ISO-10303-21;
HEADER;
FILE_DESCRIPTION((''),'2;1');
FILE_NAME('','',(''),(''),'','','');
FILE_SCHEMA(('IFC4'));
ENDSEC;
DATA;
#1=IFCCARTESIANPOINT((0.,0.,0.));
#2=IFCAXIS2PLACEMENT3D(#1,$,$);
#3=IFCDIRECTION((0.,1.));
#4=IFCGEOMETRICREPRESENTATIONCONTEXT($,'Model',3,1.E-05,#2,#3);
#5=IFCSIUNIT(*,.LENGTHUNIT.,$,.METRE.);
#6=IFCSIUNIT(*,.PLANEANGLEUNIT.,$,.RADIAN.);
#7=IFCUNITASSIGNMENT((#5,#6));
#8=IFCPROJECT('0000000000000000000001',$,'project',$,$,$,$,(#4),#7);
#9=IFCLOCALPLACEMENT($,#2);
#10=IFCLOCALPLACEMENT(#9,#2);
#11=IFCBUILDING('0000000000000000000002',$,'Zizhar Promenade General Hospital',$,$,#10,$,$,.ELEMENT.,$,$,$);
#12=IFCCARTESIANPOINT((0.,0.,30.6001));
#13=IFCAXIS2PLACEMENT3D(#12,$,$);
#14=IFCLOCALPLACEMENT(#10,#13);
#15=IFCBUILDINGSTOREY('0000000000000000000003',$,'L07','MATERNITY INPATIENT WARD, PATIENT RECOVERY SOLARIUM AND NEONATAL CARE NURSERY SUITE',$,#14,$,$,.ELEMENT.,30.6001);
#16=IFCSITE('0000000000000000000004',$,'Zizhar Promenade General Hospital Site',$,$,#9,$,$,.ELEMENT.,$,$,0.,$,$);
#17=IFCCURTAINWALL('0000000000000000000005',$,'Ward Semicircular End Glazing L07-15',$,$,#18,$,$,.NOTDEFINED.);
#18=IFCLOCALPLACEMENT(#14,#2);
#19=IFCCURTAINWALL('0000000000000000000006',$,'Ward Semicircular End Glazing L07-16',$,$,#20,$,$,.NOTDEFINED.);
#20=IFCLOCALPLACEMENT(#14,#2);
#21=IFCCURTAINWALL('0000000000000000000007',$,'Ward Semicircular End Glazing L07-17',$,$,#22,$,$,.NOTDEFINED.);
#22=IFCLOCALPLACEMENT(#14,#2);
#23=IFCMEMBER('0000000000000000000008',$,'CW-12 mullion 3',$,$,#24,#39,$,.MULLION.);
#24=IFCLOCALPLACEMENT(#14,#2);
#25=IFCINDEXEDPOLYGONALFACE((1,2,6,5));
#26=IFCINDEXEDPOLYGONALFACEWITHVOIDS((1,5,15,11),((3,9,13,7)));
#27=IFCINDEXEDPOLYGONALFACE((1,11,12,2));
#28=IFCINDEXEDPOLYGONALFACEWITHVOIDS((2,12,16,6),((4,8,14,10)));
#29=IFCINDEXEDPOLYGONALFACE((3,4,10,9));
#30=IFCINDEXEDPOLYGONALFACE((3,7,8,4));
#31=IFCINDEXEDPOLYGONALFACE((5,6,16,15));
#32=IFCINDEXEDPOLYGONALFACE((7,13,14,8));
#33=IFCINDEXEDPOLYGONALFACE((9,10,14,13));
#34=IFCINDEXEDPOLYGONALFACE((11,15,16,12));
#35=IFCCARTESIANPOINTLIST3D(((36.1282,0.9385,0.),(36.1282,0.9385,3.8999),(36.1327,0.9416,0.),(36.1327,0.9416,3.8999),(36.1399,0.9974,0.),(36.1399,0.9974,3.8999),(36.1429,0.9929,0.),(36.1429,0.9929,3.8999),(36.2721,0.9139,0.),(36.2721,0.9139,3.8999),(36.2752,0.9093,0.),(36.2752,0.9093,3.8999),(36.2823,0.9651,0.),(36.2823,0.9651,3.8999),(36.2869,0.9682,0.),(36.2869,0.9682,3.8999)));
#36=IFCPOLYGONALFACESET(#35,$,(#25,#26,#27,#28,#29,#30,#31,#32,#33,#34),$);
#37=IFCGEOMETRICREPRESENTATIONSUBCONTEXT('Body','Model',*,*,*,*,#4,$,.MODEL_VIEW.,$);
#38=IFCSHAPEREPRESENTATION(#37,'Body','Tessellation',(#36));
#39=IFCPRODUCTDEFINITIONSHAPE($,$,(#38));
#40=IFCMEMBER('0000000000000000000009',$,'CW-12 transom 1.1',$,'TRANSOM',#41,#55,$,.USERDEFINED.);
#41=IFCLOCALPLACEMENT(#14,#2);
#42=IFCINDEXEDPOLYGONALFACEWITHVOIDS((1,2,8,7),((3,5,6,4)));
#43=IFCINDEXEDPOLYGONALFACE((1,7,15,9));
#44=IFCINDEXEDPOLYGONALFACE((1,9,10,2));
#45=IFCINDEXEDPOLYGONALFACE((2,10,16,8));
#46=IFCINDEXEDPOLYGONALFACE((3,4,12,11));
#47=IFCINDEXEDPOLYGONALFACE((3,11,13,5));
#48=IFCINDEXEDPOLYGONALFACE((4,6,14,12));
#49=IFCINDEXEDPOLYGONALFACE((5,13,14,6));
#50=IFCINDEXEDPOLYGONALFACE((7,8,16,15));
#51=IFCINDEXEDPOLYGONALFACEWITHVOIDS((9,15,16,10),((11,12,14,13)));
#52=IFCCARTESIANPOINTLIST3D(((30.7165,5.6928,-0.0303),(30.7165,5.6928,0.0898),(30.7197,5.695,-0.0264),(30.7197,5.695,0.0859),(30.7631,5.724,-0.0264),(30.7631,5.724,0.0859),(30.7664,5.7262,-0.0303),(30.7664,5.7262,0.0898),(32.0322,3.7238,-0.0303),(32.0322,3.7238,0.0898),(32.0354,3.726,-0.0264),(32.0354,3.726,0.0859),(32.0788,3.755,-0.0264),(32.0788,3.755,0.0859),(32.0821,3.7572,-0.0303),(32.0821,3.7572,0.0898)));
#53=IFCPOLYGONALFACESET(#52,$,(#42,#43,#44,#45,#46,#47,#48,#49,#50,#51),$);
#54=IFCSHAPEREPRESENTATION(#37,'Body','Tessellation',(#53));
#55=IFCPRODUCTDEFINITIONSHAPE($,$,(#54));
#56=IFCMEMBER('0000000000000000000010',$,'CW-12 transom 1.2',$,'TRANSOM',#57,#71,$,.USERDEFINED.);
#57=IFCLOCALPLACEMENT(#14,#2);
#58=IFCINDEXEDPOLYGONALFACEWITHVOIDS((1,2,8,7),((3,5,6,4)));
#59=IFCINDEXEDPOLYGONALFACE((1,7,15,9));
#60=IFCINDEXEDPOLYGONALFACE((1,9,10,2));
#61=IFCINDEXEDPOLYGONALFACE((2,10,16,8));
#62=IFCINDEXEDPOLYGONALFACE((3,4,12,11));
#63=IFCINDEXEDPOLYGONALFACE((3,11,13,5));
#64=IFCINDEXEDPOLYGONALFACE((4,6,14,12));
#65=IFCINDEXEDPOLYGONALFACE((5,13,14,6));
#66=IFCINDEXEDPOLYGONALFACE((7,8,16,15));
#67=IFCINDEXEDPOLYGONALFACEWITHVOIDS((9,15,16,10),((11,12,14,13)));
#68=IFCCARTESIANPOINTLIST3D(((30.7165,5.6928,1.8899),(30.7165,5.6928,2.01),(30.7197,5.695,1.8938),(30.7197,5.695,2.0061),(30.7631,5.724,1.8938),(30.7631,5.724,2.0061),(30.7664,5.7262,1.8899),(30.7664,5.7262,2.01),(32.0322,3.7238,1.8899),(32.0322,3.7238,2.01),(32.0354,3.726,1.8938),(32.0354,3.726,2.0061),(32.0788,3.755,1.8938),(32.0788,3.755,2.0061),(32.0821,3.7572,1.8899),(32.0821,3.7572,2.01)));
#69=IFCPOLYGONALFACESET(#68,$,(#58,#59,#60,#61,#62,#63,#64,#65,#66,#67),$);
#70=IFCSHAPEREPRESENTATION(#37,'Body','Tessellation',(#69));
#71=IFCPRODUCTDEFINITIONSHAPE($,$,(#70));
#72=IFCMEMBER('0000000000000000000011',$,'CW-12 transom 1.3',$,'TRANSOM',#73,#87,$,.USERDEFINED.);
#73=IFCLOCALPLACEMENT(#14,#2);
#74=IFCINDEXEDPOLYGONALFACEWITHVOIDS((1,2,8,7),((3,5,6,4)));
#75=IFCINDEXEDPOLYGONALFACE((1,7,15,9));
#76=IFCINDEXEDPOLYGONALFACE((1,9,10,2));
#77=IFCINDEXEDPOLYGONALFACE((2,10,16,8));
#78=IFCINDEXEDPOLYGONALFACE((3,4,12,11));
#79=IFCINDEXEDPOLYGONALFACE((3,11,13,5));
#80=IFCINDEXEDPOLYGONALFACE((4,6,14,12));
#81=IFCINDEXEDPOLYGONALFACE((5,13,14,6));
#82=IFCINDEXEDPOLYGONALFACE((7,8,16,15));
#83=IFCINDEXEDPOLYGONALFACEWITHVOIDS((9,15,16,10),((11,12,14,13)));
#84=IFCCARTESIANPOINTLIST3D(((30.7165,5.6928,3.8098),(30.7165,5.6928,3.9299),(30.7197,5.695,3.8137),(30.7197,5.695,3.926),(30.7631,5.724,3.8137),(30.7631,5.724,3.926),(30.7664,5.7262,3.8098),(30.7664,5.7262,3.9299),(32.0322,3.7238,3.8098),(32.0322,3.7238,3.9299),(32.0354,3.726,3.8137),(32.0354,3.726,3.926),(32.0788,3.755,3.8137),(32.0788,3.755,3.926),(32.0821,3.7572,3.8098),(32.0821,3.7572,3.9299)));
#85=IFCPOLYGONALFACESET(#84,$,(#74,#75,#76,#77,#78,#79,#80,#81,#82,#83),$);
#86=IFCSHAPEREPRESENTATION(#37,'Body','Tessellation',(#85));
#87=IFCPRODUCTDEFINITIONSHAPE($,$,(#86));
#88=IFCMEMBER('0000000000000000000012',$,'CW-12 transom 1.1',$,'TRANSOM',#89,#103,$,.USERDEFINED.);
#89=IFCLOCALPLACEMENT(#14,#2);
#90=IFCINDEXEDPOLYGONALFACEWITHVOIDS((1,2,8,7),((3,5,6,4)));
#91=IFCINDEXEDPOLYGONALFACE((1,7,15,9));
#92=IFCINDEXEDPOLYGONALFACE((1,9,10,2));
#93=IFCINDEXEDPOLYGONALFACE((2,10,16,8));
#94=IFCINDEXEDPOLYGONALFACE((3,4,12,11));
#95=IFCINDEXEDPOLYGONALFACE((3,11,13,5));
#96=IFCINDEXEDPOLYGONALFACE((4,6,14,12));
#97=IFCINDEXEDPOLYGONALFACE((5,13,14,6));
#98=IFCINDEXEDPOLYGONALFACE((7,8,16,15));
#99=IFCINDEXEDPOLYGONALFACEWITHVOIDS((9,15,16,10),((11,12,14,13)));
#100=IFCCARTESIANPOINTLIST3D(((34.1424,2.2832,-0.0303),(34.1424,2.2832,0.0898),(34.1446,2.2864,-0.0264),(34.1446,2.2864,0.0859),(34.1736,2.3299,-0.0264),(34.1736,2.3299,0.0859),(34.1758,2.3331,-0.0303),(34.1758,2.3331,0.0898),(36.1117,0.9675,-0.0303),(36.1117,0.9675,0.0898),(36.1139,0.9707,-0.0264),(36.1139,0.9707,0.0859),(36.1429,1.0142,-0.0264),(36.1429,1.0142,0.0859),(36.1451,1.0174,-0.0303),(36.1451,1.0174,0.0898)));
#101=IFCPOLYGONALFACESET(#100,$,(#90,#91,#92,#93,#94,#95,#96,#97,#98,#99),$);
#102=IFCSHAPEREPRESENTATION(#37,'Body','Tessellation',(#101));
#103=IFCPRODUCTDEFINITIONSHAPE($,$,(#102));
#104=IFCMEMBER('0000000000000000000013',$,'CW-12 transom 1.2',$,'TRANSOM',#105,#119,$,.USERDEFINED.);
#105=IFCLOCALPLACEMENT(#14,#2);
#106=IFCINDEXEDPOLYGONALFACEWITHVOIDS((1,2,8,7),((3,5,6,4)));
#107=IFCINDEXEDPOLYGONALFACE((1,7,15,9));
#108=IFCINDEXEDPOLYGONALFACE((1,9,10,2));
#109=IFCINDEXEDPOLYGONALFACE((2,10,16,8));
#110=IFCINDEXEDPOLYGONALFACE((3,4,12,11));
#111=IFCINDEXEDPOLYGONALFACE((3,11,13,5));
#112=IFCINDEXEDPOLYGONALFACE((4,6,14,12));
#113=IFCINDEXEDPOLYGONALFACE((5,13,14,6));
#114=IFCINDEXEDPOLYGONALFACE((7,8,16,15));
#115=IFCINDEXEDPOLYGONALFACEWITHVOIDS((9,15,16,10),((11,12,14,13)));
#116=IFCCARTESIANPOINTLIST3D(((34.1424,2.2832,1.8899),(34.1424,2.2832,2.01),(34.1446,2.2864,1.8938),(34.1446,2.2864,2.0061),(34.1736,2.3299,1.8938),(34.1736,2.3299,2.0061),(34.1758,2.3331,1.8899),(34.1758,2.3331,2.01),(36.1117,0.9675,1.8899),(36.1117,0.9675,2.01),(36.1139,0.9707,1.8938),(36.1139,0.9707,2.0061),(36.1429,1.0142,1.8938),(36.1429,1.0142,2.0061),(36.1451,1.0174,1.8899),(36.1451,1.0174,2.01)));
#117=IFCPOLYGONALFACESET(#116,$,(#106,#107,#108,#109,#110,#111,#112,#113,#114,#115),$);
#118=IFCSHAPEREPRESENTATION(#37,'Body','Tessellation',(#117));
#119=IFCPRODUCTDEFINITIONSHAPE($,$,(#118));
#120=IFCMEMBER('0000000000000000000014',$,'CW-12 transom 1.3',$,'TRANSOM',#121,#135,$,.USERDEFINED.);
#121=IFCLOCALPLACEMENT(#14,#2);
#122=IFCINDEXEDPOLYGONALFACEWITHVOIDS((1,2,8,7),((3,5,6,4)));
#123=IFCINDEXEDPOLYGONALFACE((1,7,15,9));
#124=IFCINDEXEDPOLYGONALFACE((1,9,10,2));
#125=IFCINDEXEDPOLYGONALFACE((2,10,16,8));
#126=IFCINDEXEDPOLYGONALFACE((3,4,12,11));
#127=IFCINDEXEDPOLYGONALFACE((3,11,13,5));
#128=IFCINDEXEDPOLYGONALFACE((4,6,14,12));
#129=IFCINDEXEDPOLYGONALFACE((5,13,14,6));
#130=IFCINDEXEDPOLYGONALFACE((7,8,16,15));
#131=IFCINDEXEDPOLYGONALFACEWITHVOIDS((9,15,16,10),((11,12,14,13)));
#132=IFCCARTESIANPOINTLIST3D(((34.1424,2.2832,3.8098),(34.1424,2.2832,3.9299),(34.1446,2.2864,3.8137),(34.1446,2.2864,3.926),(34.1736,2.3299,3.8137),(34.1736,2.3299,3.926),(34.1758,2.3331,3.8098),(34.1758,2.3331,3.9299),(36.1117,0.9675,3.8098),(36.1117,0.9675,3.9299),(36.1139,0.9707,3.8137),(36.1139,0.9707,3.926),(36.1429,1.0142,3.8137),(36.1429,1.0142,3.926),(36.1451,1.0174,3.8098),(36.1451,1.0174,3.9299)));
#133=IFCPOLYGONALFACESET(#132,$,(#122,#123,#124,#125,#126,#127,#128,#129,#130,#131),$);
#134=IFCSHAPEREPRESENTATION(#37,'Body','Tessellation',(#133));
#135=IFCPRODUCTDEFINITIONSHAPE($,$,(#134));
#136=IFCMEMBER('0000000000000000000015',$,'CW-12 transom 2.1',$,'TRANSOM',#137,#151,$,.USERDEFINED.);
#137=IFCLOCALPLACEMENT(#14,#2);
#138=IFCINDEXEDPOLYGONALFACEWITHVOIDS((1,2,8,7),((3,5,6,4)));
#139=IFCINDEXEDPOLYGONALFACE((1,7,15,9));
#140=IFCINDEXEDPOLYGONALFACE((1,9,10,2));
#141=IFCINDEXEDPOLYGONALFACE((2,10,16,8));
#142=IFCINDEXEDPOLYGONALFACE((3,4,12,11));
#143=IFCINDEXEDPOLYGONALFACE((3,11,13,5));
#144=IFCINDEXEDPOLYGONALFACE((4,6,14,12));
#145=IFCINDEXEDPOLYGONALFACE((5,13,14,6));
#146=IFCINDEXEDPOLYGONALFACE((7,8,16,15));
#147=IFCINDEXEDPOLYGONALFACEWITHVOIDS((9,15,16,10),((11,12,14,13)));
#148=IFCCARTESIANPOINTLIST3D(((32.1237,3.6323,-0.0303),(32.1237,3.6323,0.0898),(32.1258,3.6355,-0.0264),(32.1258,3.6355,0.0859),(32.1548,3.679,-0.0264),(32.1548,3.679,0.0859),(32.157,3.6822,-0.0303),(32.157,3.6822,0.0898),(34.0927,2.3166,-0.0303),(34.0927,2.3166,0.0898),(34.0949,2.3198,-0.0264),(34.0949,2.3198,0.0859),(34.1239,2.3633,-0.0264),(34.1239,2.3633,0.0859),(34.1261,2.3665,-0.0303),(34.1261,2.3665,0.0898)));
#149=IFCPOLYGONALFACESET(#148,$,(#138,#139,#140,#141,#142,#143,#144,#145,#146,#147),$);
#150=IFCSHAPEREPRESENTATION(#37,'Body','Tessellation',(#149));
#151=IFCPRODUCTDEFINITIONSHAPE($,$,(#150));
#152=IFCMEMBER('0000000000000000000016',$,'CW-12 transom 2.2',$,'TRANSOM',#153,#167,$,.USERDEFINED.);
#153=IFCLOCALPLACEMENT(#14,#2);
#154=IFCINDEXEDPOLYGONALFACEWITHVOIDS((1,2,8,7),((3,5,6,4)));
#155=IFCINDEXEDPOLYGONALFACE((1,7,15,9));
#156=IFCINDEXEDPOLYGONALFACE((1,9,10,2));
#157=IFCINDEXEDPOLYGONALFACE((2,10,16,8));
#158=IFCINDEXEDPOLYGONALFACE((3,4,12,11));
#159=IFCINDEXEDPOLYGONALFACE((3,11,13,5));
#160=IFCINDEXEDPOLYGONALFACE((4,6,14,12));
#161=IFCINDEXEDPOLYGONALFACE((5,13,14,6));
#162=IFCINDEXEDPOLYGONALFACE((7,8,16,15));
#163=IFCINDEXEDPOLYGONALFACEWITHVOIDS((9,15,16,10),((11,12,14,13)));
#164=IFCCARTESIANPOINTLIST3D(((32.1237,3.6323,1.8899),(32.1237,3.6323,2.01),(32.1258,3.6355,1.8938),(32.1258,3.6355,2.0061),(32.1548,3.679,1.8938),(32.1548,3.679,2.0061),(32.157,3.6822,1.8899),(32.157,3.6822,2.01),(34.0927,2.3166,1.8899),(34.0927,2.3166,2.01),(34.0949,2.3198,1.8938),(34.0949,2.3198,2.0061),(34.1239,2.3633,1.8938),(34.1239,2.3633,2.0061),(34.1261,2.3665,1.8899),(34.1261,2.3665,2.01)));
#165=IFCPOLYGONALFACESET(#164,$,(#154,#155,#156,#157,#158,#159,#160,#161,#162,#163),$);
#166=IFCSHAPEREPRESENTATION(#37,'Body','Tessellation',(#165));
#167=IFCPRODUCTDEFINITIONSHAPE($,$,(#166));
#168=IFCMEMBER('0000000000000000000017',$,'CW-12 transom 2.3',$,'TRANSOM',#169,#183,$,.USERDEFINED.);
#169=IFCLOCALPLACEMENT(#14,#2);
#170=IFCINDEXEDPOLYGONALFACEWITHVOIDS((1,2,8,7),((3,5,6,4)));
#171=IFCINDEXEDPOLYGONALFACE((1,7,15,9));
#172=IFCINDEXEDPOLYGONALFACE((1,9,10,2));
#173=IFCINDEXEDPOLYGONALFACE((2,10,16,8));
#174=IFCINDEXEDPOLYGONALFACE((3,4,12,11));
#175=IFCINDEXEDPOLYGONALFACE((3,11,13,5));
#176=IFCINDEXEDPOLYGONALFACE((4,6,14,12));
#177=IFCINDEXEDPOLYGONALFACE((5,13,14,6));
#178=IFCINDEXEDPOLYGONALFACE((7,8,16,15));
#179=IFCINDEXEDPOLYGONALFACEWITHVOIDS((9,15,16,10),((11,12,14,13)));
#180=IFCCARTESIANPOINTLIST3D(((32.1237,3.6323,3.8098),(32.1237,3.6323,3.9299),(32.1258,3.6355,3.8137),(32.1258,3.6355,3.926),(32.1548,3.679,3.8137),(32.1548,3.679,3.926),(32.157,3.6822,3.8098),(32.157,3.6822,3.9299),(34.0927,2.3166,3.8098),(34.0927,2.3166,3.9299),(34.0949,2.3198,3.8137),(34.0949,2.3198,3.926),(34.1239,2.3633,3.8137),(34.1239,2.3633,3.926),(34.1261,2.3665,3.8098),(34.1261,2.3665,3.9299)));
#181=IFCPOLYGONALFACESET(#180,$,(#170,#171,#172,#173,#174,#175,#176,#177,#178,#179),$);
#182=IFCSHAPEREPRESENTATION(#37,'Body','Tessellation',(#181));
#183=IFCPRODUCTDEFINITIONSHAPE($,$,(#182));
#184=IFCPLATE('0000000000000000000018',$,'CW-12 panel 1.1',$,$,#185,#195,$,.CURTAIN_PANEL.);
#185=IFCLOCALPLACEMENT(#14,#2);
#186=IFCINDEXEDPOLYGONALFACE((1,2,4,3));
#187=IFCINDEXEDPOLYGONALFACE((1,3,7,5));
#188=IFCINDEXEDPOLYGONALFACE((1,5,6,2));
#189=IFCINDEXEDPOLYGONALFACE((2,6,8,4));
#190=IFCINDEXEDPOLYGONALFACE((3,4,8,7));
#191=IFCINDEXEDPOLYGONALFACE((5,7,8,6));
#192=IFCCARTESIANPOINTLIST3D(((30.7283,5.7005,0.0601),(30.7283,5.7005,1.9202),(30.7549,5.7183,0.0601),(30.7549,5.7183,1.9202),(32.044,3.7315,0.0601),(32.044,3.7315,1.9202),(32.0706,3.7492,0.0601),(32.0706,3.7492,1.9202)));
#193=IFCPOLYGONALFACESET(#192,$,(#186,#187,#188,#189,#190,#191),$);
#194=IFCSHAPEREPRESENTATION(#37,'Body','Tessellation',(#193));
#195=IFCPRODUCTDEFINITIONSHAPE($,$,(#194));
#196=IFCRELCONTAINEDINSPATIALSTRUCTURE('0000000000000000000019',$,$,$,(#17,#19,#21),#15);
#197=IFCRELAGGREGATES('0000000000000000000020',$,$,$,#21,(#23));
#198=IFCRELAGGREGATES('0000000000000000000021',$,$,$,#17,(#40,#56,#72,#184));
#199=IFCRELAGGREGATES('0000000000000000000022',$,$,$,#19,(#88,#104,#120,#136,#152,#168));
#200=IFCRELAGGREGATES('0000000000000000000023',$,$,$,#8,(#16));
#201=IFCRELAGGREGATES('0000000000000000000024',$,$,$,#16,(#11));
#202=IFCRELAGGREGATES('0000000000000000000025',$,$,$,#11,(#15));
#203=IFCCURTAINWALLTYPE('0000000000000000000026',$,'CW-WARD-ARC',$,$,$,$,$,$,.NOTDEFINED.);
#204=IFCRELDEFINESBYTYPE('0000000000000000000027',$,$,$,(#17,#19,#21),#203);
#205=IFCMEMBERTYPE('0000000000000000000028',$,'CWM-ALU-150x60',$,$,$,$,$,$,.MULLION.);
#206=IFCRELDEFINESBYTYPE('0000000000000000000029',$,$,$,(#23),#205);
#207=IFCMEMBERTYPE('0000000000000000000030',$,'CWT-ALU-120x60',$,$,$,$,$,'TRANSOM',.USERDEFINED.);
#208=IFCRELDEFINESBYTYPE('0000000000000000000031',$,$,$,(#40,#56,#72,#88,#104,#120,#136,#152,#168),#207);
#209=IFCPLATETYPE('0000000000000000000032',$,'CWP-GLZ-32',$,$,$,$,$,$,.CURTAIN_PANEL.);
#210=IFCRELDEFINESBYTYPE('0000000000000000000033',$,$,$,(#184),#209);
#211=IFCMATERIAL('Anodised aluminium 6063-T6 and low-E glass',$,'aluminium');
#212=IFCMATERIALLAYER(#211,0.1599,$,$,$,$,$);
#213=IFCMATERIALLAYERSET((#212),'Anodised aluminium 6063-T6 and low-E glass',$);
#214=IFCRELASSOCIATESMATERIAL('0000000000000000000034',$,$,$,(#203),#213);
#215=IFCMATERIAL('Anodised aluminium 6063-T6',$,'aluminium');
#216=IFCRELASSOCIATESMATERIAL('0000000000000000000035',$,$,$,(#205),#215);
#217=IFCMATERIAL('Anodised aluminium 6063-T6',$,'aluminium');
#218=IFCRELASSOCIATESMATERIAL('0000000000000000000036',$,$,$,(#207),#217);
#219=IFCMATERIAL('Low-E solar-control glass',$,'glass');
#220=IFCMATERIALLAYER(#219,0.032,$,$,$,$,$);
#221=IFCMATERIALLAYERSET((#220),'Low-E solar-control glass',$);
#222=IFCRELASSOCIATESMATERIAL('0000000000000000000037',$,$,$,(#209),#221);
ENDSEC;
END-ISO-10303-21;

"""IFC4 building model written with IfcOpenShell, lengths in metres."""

from ifc_helpers import new_model, si_unit, direction, frame, origin, origin_2d, place, context, subcontext, project, spatial, rectangle, hollow_rectangle, extrude, material, layer, layer_set, material_profile, profile_set, type_object, element, aggregate, save


model = new_model("IFC4")

# Units and contexts
model_context = context("Model", 3, precision=1e-05, world=origin(), true_north=direction((0.0, 1.0)))
body_context = subcontext(model_context, "Body", "Model", "MODEL_VIEW")
ifc_project = project(units=[si_unit("LENGTHUNIT", "METRE"), si_unit("PLANEANGLEUNIT", "RADIAN")], contexts=[model_context])

# Site, building, storey
site_placement = place(None, origin())
site = spatial("IfcSite", under=ifc_project, at=site_placement, Name="Zizhar Promenade General Hospital Site", CompositionType="ELEMENT", RefElevation=0.0)
building_placement = place(site_placement, origin())
building = spatial("IfcBuilding", under=site, at=building_placement, Name="Zizhar Promenade General Hospital", CompositionType="ELEMENT")
storey_placement = place(building_placement, frame((0.0, 0.0, 30.6001)))
storey = spatial("IfcBuildingStorey", under=building, at=storey_placement, Name="L07", Description="MATERNITY INPATIENT WARD, PATIENT RECOVERY SOLARIUM AND NEONATAL CARE NURSERY SUITE", CompositionType="ELEMENT", Elevation=30.6001)

# Curtain wall
ifc_material_1 = material(Name="Anodised aluminium 6063-T6 and low-E glass", Category="aluminium")
ifc_layer_1 = layer(ifc_material_1, 0.1599)
ifc_layer_set_1 = layer_set([ifc_layer_1], Name="Anodised aluminium 6063-T6 and low-E glass")
curtain_wall_type = type_object("IfcCurtainWallType", Name="CW-WARD-ARC", PredefinedType="NOTDEFINED", material=ifc_layer_set_1)
curtain_wall_1_placement = place(storey_placement, origin())
curtain_wall_1 = element("IfcCurtainWall", 1, at=curtain_wall_1_placement, inside=storey, type_object=curtain_wall_type, Name="Ward Semicircular End Glazing L07-15", PredefinedType="NOTDEFINED")
ifc_material_2 = material(Name="Anodised aluminium 6063-T6", Category="aluminium")
ifc_material_profile_1 = material_profile(ifc_material_2, hollow_rectangle(XDim=0.0601, YDim=0.1499, WallThickness=0.0039, at=origin_2d()))
ifc_profile_set_1 = profile_set([ifc_material_profile_1], Name="Anodised aluminium 6063-T6")
member_type_1 = type_object("IfcMemberType", Name="CWM-ALU-150x60", PredefinedType="MULLION", material=ifc_profile_set_1)

# Curtain wall
curtain_wall_2_placement = place(storey_placement, origin())
curtain_wall_2 = element("IfcCurtainWall", 2, at=curtain_wall_2_placement, inside=storey, type_object=curtain_wall_type, Name="Ward Semicircular End Glazing L07-16", PredefinedType="NOTDEFINED")

# Curtain wall, member
curtain_wall_3_placement = place(storey_placement, origin())
curtain_wall_3 = element("IfcCurtainWall", 3, at=curtain_wall_3_placement, inside=storey, type_object=curtain_wall_type, Name="Ward Semicircular End Glazing L07-17", PredefinedType="NOTDEFINED")
member_1_placement = place(storey_placement, frame((36.2075, 0.9534, 0.0), z_axis=(0.0, 0.0, 1.0), x_axis=(-0.195087, -0.980786, 0.0)))
member_1 = element("IfcMember", 4, at=member_1_placement, type_object=member_type_1, Name="CW-12 mullion 3", PredefinedType="MULLION", context=body_context, shape_type="SweptSolid", body=[
    extrude(hollow_rectangle(XDim=0.0601, YDim=0.1499, WallThickness=0.0039, at=origin_2d()), origin(), (0.0, 0.0, 1.0), 3.8999),
])
aggregate(curtain_wall_3, [member_1])

# Members
ifc_material_3 = material(Name="Anodised aluminium 6063-T6", Category="aluminium")
ifc_material_profile_2 = material_profile(ifc_material_3, hollow_rectangle(XDim=0.0601, YDim=0.1201, WallThickness=0.0039, at=origin_2d()))
ifc_profile_set_2 = profile_set([ifc_material_profile_2], Name="Anodised aluminium 6063-T6")
member_type_2 = type_object("IfcMemberType", Name="CWT-ALU-120x60", ElementType="TRANSOM", PredefinedType="USERDEFINED", material=ifc_profile_set_2)
member_2_placement = place(storey_placement, frame((32.0571, 3.7405, 0.0298), z_axis=(-0.55558, 0.831463, 0.0), x_axis=(-0.831463, -0.55558, 0.0)))
member_2 = element("IfcMember", 5, at=member_2_placement, type_object=member_type_2, Name="CW-12 transom 1.1", ObjectType="TRANSOM", PredefinedType="USERDEFINED", context=body_context, shape_type="SweptSolid", body=[
    extrude(hollow_rectangle(XDim=0.0601, YDim=0.1201, WallThickness=0.0039, at=origin_2d()), origin(), (0.0, 0.0, 1.0), 2.3682),
])
member_3_placement = place(storey_placement, frame((32.0571, 3.7405, 1.95), z_axis=(-0.55558, 0.831463, 0.0), x_axis=(-0.831463, -0.55558, 0.0)))
member_3 = element("IfcMember", 6, at=member_3_placement, type_object=member_type_2, Name="CW-12 transom 1.2", ObjectType="TRANSOM", PredefinedType="USERDEFINED", context=body_context, shape_type="SweptSolid", body=[
    extrude(hollow_rectangle(XDim=0.0601, YDim=0.1201, WallThickness=0.0039, at=origin_2d()), origin(), (0.0, 0.0, 1.0), 2.3682),
])
member_4_placement = place(storey_placement, frame((32.0571, 3.7405, 3.8699), z_axis=(-0.55558, 0.831463, 0.0), x_axis=(-0.831463, -0.55558, 0.0)))
member_4 = element("IfcMember", 7, at=member_4_placement, type_object=member_type_2, Name="CW-12 transom 1.3", ObjectType="TRANSOM", PredefinedType="USERDEFINED", context=body_context, shape_type="SweptSolid", body=[
    extrude(hollow_rectangle(XDim=0.0601, YDim=0.1201, WallThickness=0.0039, at=origin_2d()), origin(), (0.0, 0.0, 1.0), 2.3682),
])
member_5_placement = place(storey_placement, frame((36.1284, 0.9924, 0.0298), z_axis=(-0.831495, 0.555533, 0.0), x_axis=(-0.555533, -0.831495, 0.0)))
member_5 = element("IfcMember", 8, at=member_5_placement, type_object=member_type_2, Name="CW-12 transom 1.1", ObjectType="TRANSOM", PredefinedType="USERDEFINED", context=body_context, shape_type="SweptSolid", body=[
    extrude(hollow_rectangle(XDim=0.0601, YDim=0.1201, WallThickness=0.0039, at=origin_2d()), origin(), (0.0, 0.0, 1.0), 2.3684),
])
member_6_placement = place(storey_placement, frame((36.1284, 0.9924, 1.95), z_axis=(-0.831495, 0.555533, 0.0), x_axis=(-0.555533, -0.831495, 0.0)))
member_6 = element("IfcMember", 9, at=member_6_placement, type_object=member_type_2, Name="CW-12 transom 1.2", ObjectType="TRANSOM", PredefinedType="USERDEFINED", context=body_context, shape_type="SweptSolid", body=[
    extrude(hollow_rectangle(XDim=0.0601, YDim=0.1201, WallThickness=0.0039, at=origin_2d()), origin(), (0.0, 0.0, 1.0), 2.3684),
])
member_7_placement = place(storey_placement, frame((36.1284, 0.9924, 3.8699), z_axis=(-0.831495, 0.555533, 0.0), x_axis=(-0.555533, -0.831495, 0.0)))
member_7 = element("IfcMember", 10, at=member_7_placement, type_object=member_type_2, Name="CW-12 transom 1.3", ObjectType="TRANSOM", PredefinedType="USERDEFINED", context=body_context, shape_type="SweptSolid", body=[
    extrude(hollow_rectangle(XDim=0.0601, YDim=0.1201, WallThickness=0.0039, at=origin_2d()), origin(), (0.0, 0.0, 1.0), 2.3684),
])
member_8_placement = place(storey_placement, frame((34.1094, 2.3416, 0.0298), z_axis=(-0.831463, 0.55558, 0.0), x_axis=(-0.55558, -0.831463, 0.0)))
member_8 = element("IfcMember", 11, at=member_8_placement, type_object=member_type_2, Name="CW-12 transom 2.1", ObjectType="TRANSOM", PredefinedType="USERDEFINED", context=body_context, shape_type="SweptSolid", body=[
    extrude(hollow_rectangle(XDim=0.0601, YDim=0.1201, WallThickness=0.0039, at=origin_2d()), origin(), (0.0, 0.0, 1.0), 2.3682),
])
member_9_placement = place(storey_placement, frame((34.1094, 2.3416, 1.95), z_axis=(-0.831463, 0.55558, 0.0), x_axis=(-0.55558, -0.831463, 0.0)))
member_9 = element("IfcMember", 12, at=member_9_placement, type_object=member_type_2, Name="CW-12 transom 2.2", ObjectType="TRANSOM", PredefinedType="USERDEFINED", context=body_context, shape_type="SweptSolid", body=[
    extrude(hollow_rectangle(XDim=0.0601, YDim=0.1201, WallThickness=0.0039, at=origin_2d()), origin(), (0.0, 0.0, 1.0), 2.3682),
])
member_10_placement = place(storey_placement, frame((34.1094, 2.3416, 3.8699), z_axis=(-0.831463, 0.55558, 0.0), x_axis=(-0.55558, -0.831463, 0.0)))
member_10 = element("IfcMember", 13, at=member_10_placement, type_object=member_type_2, Name="CW-12 transom 2.3", ObjectType="TRANSOM", PredefinedType="USERDEFINED", context=body_context, shape_type="SweptSolid", body=[
    extrude(hollow_rectangle(XDim=0.0601, YDim=0.1201, WallThickness=0.0039, at=origin_2d()), origin(), (0.0, 0.0, 1.0), 2.3682),
])

# Plate
ifc_material_4 = material(Name="Low-E solar-control glass", Category="glass")
ifc_layer_2 = layer(ifc_material_4, 0.032)
ifc_layer_set_2 = layer_set([ifc_layer_2], Name="Low-E solar-control glass")
plate_type = type_object("IfcPlateType", Name="CWP-GLZ-32", PredefinedType="CURTAIN_PANEL", material=ifc_layer_set_2)
plate_1_placement = place(storey_placement, frame((31.3994, 4.7249, 0.0601), z_axis=(0.0, 0.0, 1.0), x_axis=(-0.555582, 0.831462, 0.0)))
plate_1 = element("IfcPlate", 14, at=plate_1_placement, type_object=plate_type, Name="CW-12 panel 1.1", PredefinedType="CURTAIN_PANEL", context=body_context, shape_type="SweptSolid", body=[
    extrude(rectangle(XDim=2.3682, YDim=0.032, at=origin_2d()), origin(), (0.0, 0.0, 1.0), 1.8601),
])
aggregate(curtain_wall_1, [member_2, member_3, member_4, plate_1])
aggregate(curtain_wall_2, [member_5, member_6, member_7, member_8, member_9, member_10])

save(model, "model.ifc")
